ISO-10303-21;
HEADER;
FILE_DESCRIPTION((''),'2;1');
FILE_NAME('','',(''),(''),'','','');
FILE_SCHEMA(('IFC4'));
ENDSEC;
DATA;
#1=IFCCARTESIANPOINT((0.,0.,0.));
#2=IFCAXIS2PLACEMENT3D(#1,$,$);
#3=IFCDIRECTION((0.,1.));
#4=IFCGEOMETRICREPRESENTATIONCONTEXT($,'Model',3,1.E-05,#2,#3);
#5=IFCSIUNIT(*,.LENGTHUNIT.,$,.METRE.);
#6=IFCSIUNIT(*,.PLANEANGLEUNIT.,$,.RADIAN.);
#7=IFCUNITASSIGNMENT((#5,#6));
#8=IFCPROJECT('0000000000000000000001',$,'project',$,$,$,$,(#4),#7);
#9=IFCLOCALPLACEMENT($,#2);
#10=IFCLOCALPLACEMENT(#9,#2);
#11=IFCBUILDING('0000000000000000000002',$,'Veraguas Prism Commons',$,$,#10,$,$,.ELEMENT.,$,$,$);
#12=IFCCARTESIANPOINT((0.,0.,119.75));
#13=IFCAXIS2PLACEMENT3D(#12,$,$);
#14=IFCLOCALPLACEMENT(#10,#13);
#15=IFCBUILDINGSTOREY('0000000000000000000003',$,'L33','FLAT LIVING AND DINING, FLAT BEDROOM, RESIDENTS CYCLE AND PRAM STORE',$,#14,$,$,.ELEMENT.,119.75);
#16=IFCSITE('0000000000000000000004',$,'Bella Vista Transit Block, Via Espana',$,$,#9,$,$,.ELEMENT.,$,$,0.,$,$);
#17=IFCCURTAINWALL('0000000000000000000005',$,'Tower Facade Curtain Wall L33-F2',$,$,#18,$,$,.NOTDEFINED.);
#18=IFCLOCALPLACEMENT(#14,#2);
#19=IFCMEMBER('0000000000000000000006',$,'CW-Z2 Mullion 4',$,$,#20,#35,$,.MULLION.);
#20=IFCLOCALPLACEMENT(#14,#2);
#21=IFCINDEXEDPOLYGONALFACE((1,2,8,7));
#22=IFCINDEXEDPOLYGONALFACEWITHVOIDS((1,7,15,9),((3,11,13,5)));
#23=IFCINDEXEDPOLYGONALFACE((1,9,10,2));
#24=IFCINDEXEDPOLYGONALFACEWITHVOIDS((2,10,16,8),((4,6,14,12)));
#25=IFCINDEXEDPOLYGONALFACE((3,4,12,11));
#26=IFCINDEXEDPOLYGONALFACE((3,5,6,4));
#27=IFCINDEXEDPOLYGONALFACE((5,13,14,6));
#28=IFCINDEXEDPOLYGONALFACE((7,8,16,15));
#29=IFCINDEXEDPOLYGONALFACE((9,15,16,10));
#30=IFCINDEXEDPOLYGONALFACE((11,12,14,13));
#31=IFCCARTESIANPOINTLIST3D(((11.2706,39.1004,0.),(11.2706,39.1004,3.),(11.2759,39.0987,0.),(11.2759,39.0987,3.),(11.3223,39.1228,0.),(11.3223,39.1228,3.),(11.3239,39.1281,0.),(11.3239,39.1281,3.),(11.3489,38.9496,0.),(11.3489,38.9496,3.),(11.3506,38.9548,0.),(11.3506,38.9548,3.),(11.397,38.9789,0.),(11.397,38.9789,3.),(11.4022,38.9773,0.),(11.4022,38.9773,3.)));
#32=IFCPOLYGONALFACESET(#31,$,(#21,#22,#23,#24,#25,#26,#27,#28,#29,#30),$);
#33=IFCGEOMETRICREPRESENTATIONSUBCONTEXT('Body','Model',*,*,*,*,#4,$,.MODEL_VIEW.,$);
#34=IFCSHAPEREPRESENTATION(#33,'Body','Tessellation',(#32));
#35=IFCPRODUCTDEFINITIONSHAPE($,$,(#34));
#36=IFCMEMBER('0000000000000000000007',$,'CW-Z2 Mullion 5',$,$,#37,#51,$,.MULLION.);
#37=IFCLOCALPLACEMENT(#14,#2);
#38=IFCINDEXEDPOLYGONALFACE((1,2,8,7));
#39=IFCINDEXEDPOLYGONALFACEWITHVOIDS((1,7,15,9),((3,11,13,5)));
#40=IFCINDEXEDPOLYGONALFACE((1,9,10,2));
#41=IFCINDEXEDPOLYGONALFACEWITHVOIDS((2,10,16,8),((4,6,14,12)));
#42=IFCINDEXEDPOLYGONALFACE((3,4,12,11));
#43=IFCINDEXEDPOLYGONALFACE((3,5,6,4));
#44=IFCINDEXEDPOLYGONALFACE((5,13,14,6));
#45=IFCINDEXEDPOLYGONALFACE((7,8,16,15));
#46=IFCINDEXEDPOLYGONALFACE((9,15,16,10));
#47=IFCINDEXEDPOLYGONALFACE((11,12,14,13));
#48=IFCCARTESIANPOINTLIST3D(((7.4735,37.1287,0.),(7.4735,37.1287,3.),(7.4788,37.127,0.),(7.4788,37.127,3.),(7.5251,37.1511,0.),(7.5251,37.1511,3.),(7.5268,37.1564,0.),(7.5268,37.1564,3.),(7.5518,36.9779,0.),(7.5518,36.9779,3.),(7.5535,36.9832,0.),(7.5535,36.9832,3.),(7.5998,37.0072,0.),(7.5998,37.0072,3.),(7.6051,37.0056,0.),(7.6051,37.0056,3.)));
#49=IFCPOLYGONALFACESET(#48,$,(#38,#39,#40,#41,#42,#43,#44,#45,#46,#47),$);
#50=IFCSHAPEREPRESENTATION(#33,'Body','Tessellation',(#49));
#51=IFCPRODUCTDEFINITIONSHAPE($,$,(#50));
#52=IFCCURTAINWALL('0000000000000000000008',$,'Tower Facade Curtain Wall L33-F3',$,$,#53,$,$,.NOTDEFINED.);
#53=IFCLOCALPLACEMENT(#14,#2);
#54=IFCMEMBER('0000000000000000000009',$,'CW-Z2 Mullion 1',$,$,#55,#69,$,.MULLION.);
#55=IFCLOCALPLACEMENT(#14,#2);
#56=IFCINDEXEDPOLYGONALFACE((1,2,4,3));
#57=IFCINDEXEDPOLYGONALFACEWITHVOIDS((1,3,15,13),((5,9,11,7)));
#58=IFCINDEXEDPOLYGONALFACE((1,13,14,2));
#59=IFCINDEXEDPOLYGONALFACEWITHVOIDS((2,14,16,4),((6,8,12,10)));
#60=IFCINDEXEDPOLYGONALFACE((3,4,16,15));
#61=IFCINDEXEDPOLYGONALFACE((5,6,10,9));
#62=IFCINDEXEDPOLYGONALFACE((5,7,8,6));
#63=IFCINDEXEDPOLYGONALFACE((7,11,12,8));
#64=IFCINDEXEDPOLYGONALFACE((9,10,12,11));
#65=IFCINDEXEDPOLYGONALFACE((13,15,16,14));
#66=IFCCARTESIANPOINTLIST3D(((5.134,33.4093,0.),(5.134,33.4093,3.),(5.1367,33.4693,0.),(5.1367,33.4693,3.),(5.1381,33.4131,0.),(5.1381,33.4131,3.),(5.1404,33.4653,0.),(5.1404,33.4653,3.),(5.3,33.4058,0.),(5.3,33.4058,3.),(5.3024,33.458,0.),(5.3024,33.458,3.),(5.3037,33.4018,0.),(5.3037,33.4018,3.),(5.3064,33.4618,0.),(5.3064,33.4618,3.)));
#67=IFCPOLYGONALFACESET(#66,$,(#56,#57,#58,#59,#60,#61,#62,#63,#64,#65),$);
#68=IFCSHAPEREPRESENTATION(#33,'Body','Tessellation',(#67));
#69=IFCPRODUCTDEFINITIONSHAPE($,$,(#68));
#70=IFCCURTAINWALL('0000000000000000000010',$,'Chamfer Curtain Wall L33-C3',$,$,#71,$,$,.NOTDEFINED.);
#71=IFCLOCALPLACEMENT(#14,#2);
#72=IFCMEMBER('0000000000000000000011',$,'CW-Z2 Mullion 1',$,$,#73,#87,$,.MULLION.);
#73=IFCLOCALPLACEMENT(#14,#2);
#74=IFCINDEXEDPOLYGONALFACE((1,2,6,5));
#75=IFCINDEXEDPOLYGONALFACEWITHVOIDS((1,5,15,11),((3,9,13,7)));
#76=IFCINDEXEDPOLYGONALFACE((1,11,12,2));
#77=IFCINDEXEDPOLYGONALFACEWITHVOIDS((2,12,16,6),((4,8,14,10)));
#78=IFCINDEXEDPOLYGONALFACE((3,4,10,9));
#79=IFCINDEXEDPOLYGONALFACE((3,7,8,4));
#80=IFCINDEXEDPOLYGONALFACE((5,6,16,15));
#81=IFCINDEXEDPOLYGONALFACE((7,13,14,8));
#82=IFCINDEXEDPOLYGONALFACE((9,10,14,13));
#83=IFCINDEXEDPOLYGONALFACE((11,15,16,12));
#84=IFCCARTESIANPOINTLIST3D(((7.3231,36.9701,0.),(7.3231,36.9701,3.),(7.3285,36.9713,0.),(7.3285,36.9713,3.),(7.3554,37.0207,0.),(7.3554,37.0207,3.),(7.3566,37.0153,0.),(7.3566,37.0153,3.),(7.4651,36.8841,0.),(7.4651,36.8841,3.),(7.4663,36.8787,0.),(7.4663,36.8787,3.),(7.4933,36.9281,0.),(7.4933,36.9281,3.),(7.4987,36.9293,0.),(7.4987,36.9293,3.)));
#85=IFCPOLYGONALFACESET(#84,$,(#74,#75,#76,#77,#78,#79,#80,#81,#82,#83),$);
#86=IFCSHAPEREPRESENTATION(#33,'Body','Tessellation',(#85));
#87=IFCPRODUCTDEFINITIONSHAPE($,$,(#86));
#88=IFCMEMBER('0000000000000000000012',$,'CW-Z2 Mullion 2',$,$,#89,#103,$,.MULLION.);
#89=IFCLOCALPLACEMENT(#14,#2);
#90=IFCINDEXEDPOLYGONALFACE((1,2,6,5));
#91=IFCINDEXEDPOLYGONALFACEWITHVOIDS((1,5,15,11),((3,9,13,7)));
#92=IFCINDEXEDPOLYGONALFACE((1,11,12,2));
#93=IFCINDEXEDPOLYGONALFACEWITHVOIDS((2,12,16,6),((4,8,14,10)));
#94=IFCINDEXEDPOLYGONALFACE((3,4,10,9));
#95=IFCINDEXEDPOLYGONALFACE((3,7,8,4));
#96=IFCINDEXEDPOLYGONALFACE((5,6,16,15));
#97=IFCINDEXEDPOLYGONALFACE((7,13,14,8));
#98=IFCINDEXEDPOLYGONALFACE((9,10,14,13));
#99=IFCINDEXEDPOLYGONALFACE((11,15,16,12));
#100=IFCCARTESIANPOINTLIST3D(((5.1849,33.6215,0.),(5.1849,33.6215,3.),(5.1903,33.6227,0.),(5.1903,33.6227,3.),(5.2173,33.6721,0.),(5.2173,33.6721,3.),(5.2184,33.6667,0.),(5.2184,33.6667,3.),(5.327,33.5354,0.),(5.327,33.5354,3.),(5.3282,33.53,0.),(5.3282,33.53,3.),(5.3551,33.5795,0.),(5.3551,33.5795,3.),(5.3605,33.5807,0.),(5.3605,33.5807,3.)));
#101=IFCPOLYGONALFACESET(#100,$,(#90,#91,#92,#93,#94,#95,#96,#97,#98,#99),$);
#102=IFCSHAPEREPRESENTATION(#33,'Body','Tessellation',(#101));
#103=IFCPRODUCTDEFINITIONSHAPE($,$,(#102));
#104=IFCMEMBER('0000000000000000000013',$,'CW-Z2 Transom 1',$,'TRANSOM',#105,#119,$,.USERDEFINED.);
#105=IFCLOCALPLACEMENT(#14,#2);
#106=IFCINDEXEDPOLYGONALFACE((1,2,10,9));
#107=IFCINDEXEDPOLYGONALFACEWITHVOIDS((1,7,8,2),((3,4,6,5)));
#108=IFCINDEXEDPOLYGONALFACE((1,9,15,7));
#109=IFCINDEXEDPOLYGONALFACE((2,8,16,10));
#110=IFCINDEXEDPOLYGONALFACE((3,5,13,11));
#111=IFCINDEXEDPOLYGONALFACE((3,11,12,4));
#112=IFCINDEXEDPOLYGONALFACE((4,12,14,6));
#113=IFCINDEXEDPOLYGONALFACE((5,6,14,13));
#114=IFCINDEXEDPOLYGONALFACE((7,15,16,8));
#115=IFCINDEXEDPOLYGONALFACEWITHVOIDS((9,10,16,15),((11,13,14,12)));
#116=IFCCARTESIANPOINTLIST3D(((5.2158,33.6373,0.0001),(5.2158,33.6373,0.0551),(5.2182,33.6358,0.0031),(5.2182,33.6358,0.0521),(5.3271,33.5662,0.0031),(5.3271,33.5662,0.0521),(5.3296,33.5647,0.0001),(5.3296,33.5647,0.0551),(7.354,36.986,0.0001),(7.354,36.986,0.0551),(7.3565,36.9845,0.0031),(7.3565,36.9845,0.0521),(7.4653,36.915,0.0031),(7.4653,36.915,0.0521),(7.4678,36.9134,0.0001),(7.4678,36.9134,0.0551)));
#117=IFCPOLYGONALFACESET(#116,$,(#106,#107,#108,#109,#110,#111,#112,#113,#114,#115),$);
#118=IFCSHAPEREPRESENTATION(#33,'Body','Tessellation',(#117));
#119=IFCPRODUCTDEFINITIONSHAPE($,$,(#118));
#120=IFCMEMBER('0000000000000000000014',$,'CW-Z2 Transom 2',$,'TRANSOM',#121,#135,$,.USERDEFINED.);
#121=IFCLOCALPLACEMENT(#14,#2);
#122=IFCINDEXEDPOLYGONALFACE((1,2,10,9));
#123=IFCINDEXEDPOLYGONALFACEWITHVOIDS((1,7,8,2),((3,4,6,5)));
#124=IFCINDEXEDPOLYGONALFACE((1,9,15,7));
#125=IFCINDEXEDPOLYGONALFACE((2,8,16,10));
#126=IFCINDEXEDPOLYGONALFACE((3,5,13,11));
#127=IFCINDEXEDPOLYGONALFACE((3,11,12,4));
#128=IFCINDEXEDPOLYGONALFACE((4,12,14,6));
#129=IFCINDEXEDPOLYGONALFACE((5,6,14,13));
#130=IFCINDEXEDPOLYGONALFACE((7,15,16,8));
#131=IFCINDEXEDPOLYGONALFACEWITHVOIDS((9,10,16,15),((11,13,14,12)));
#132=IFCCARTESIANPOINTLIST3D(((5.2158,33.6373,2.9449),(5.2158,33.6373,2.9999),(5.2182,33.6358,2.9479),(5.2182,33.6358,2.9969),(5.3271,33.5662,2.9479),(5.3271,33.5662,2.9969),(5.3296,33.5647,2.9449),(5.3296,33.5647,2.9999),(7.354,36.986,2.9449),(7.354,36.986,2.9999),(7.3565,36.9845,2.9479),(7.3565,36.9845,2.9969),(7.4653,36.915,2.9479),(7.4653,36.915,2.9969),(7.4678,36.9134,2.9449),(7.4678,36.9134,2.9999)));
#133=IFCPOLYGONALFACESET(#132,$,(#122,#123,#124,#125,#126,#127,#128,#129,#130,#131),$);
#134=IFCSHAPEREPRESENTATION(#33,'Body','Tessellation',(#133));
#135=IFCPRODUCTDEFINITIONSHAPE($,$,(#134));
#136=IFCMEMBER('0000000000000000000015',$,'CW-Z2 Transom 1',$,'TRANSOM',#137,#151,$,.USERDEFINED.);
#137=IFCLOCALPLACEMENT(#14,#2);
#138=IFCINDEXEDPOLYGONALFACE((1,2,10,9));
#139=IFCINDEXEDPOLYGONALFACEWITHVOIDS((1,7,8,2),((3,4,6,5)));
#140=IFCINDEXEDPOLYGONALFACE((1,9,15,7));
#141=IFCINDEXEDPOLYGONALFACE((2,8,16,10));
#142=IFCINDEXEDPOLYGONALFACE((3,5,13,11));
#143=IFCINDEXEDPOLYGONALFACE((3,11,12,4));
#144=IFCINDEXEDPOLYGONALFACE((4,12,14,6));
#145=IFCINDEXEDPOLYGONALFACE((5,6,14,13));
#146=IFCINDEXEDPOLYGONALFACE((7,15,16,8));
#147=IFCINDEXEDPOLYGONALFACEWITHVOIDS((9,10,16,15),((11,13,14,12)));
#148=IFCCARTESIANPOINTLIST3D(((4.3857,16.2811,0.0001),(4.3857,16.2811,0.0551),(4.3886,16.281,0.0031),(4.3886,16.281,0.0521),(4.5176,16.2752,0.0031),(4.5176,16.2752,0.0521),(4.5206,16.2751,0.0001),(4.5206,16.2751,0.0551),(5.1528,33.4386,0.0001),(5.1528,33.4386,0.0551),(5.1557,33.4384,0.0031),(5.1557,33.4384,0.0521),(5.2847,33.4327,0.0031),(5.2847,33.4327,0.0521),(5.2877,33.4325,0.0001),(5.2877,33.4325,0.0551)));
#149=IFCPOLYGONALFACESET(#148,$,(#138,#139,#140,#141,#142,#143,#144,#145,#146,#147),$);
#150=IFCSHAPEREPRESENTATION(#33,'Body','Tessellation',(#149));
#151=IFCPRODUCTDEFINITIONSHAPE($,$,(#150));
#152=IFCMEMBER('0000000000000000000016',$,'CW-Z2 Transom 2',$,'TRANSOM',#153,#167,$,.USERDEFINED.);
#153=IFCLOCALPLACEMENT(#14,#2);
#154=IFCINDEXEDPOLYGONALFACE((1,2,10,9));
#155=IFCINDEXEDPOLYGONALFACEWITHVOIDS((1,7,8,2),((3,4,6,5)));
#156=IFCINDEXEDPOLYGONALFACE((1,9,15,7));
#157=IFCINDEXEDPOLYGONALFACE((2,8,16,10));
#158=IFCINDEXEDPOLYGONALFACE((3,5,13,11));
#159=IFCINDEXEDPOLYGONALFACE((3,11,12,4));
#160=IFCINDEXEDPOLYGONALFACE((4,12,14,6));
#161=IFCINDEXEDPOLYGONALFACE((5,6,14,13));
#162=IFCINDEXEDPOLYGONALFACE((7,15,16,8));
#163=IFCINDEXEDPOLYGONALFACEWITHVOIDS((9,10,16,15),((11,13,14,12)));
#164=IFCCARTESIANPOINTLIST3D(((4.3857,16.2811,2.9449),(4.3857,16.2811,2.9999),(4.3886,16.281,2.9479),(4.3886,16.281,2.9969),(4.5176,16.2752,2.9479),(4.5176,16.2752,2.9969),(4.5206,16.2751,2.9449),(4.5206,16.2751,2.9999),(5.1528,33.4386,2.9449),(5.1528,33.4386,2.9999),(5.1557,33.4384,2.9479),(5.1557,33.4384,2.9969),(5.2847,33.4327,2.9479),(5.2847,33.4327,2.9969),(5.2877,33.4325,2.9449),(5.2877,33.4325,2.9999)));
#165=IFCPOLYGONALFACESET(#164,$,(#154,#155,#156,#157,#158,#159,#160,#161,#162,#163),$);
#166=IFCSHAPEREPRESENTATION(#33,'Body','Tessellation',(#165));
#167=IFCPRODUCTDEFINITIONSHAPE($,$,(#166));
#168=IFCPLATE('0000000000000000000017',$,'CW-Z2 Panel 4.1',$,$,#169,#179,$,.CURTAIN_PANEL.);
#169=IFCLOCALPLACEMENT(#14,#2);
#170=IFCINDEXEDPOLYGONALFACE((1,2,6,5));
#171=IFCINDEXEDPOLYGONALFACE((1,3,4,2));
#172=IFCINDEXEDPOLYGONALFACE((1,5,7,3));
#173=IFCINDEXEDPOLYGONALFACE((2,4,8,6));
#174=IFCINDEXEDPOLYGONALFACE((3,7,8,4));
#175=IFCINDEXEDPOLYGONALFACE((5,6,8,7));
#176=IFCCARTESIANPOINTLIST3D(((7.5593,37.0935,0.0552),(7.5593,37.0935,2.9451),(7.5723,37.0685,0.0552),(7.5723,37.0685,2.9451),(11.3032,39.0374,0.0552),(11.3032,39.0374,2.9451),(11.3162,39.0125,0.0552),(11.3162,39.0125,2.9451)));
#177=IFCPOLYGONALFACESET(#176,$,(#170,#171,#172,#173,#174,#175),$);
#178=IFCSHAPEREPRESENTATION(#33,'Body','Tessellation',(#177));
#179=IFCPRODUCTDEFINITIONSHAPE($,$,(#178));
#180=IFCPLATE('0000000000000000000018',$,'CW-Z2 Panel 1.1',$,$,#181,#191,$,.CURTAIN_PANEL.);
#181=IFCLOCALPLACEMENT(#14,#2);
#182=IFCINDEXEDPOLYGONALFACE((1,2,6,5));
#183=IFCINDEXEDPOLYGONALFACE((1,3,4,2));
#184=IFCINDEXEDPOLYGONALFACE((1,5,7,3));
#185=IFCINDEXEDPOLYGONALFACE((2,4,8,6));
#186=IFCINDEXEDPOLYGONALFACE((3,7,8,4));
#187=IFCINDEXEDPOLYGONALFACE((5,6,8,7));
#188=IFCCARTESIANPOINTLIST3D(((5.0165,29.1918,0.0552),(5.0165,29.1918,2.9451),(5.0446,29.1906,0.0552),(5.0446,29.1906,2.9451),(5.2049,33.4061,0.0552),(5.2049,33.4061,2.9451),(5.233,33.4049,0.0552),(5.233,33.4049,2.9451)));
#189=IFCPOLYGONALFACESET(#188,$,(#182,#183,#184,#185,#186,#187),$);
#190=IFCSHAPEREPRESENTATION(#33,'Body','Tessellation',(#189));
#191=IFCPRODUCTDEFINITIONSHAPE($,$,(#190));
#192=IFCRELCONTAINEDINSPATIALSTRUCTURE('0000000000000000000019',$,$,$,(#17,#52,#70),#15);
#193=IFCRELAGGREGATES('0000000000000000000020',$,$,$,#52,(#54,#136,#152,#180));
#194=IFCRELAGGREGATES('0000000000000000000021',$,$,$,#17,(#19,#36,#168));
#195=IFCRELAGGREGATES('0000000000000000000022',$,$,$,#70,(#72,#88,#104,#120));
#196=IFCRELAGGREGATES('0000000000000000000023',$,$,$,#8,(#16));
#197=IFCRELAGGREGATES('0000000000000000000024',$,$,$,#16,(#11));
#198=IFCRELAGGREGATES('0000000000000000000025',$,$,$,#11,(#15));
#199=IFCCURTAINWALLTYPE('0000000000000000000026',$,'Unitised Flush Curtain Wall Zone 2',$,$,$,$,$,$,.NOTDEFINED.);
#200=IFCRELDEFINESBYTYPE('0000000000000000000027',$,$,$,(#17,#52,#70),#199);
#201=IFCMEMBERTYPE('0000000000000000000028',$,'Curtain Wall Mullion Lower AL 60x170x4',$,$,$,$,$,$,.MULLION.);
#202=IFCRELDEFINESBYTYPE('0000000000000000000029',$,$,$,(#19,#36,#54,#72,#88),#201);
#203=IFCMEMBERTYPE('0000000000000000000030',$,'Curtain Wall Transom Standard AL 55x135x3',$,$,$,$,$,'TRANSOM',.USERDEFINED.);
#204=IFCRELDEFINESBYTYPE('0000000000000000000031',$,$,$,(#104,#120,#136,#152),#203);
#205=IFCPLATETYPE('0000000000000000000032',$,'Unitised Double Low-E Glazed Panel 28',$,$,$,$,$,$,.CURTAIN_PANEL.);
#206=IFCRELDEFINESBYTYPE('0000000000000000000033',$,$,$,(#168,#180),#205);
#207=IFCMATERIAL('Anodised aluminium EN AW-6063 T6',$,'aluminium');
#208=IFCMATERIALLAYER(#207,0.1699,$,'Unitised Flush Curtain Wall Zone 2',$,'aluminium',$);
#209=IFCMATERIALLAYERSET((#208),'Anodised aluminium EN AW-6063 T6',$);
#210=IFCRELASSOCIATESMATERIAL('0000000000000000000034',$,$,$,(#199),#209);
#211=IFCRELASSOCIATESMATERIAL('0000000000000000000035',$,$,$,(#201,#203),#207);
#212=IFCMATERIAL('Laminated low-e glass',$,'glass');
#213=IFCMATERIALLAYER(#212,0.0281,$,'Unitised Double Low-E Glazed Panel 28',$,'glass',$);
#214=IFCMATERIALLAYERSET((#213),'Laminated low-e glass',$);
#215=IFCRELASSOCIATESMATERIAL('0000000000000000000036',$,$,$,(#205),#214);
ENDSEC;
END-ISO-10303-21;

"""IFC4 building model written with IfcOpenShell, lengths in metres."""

from ifc_helpers import new_model, si_unit, direction, frame, origin, origin_2d, place, context, subcontext, project, spatial, rectangle, hollow_rectangle, extrude, source, transform, mapped, material, layer, layer_set, material_profile, profile_set, type_object, element, aggregate, save


model = new_model("IFC4")

# Units and contexts
model_context = context("Model", 3, precision=1e-05, world=origin(), true_north=direction((0.0, 1.0)))
body_context = subcontext(model_context, "Body", "Model", "MODEL_VIEW")
ifc_project = project(units=[si_unit("LENGTHUNIT", "METRE"), si_unit("PLANEANGLEUNIT", "RADIAN")], contexts=[model_context])

# Site, building, storey
site_placement = place(None, origin())
site = spatial("IfcSite", under=ifc_project, at=site_placement, Name="Bella Vista Transit Block, Via Espana", CompositionType="ELEMENT", RefElevation=0.0)
building_placement = place(site_placement, origin())
building = spatial("IfcBuilding", under=site, at=building_placement, Name="Veraguas Prism Commons", CompositionType="ELEMENT")
storey_placement = place(building_placement, frame((0.0, 0.0, 119.75)))
storey = spatial("IfcBuildingStorey", under=building, at=storey_placement, Name="L33", Description="FLAT LIVING AND DINING, FLAT BEDROOM, RESIDENTS CYCLE AND PRAM STORE", CompositionType="ELEMENT", Elevation=119.75)

# Curtain wall, members
ifc_material_1 = material(Name="Anodised aluminium EN AW-6063 T6", Category="aluminium")
ifc_layer_1 = layer(ifc_material_1, 0.1699, Name="Unitised Flush Curtain Wall Zone 2", Category="aluminium")
ifc_layer_set_1 = layer_set([ifc_layer_1], Name="Anodised aluminium EN AW-6063 T6")
curtain_wall_type = type_object("IfcCurtainWallType", Name="Unitised Flush Curtain Wall Zone 2", PredefinedType="NOTDEFINED", material=ifc_layer_set_1)
curtain_wall_1_placement = place(storey_placement, origin())
curtain_wall_1 = element("IfcCurtainWall", 1, at=curtain_wall_1_placement, inside=storey, type_object=curtain_wall_type, Name="Tower Facade Curtain Wall L33-F2", PredefinedType="NOTDEFINED")
ifc_material_profile_1 = material_profile(ifc_material_1, hollow_rectangle(XDim=0.0601, YDim=0.1699, WallThickness=0.0039, at=origin_2d()), Name="AL60X170X4")
ifc_profile_set_1 = profile_set([ifc_material_profile_1], Name="Anodised aluminium EN AW-6063 T6")
member_type_1 = type_object("IfcMemberType", Name="Curtain Wall Mullion Lower AL 60x170x4", PredefinedType="MULLION", material=ifc_profile_set_1)
shared_shape_1 = source(origin(), body_context, "Body", "SweptSolid", [
    extrude(hollow_rectangle(XDim=0.0601, YDim=0.1699, WallThickness=0.0039, at=origin_2d()), origin(), (0.0, 0.0, 1.0), 3.0),
])
member_1_placement = place(storey_placement, frame((11.3364, 39.0388, 0.0), z_axis=(0.0, 0.0, 1.0), x_axis=(-0.887494, -0.460819, 0.0)))
member_1 = element("IfcMember", 2, at=member_1_placement, type_object=member_type_1, Name="CW-Z2 Mullion 4", PredefinedType="MULLION", context=body_context, shape_type="MappedRepresentation", body=[
    mapped(shared_shape_1, transform((0.0, 0.0, 0.0), scale=1.0)),
])
member_2_placement = place(storey_placement, frame((7.5393, 37.0671, 0.0), z_axis=(0.0, 0.0, 1.0), x_axis=(-0.887494, -0.460819, 0.0)))
member_2 = element("IfcMember", 3, at=member_2_placement, type_object=member_type_1, Name="CW-Z2 Mullion 5", PredefinedType="MULLION", context=body_context, shape_type="MappedRepresentation", body=[
    mapped(shared_shape_1, transform((0.0, 0.0, 0.0), scale=1.0)),
])

# Curtain wall, member
curtain_wall_2_placement = place(storey_placement, origin())
curtain_wall_2 = element("IfcCurtainWall", 4, at=curtain_wall_2_placement, inside=storey, type_object=curtain_wall_type, Name="Tower Facade Curtain Wall L33-F3", PredefinedType="NOTDEFINED")
member_3_placement = place(storey_placement, frame((5.2202, 33.4355, 0.0), z_axis=(0.0, 0.0, 1.0), x_axis=(-0.044667, -0.999002, 0.0)))
member_3 = element("IfcMember", 5, at=member_3_placement, type_object=member_type_1, Name="CW-Z2 Mullion 1", PredefinedType="MULLION", context=body_context, shape_type="MappedRepresentation", body=[
    mapped(shared_shape_1, transform((0.0, 0.0, 0.0), scale=1.0)),
])

# Curtain wall, members
curtain_wall_3_placement = place(storey_placement, origin())
curtain_wall_3 = element("IfcCurtainWall", 6, at=curtain_wall_3_placement, inside=storey, type_object=curtain_wall_type, Name="Chamfer Curtain Wall L33-C3", PredefinedType="NOTDEFINED")
member_4_placement = place(storey_placement, frame((7.4109, 36.9497, 0.0), z_axis=(0.0, 0.0, 1.0), x_axis=(-0.538177, -0.842832, 0.0)))
member_4 = element("IfcMember", 7, at=member_4_placement, type_object=member_type_1, Name="CW-Z2 Mullion 1", PredefinedType="MULLION", context=body_context, shape_type="MappedRepresentation", body=[
    mapped(shared_shape_1, transform((0.0, 0.0, 0.0), scale=1.0)),
])
member_5_placement = place(storey_placement, frame((5.2727, 33.6011, 0.0), z_axis=(0.0, 0.0, 1.0), x_axis=(-0.538177, -0.842832, 0.0)))
member_5 = element("IfcMember", 8, at=member_5_placement, type_object=member_type_1, Name="CW-Z2 Mullion 2", PredefinedType="MULLION", context=body_context, shape_type="MappedRepresentation", body=[
    mapped(shared_shape_1, transform((0.0, 0.0, 0.0), scale=1.0)),
])
ifc_material_profile_2 = material_profile(ifc_material_1, hollow_rectangle(XDim=0.0549, YDim=0.135, WallThickness=0.0029, at=origin_2d()), Name="AL55X135X3")
ifc_profile_set_2 = profile_set([ifc_material_profile_2], Name="Anodised aluminium EN AW-6063 T6")
member_type_2 = type_object("IfcMemberType", Name="Curtain Wall Transom Standard AL 55x135x3", ElementType="TRANSOM", PredefinedType="USERDEFINED", material=ifc_profile_set_2)
shared_shape_2 = source(origin(), body_context, "Body", "SweptSolid", [
    extrude(hollow_rectangle(XDim=0.0549, YDim=0.135, WallThickness=0.0029, at=origin_2d()), origin(), (0.0, 0.0, 1.0), 3.9731),
])
member_6_placement = place(storey_placement, frame((7.4109, 36.9497, 0.0276), z_axis=(-0.538171, -0.842836, 0.0), x_axis=(0.0, 0.0, 1.0)))
member_6 = element("IfcMember", 9, at=member_6_placement, type_object=member_type_2, Name="CW-Z2 Transom 1", ObjectType="TRANSOM", PredefinedType="USERDEFINED", context=body_context, shape_type="MappedRepresentation", body=[
    mapped(shared_shape_2, transform((0.0, 0.0, 0.0), scale=1.0)),
])
member_7_placement = place(storey_placement, frame((7.4109, 36.9497, 2.9724), z_axis=(-0.538171, -0.842836, 0.0), x_axis=(0.0, 0.0, 1.0)))
member_7 = element("IfcMember", 10, at=member_7_placement, type_object=member_type_2, Name="CW-Z2 Transom 2", ObjectType="TRANSOM", PredefinedType="USERDEFINED", context=body_context, shape_type="MappedRepresentation", body=[
    mapped(shared_shape_2, transform((0.0, 0.0, 0.0), scale=1.0)),
])

# Members
shared_shape_3 = source(origin(), body_context, "Body", "SweptSolid", [
    extrude(hollow_rectangle(XDim=0.0549, YDim=0.135, WallThickness=0.0029, at=origin_2d()), origin(), (0.0, 0.0, 1.0), 17.1746),
])
member_8_placement = place(storey_placement, frame((5.2202, 33.4355, 0.0276), z_axis=(-0.044664, -0.999002, 0.0), x_axis=(0.0, 0.0, 1.0)))
member_8 = element("IfcMember", 11, at=member_8_placement, type_object=member_type_2, Name="CW-Z2 Transom 1", ObjectType="TRANSOM", PredefinedType="USERDEFINED", context=body_context, shape_type="MappedRepresentation", body=[
    mapped(shared_shape_3, transform((0.0, 0.0, 0.0), scale=1.0)),
])
member_9_placement = place(storey_placement, frame((5.2202, 33.4355, 2.9724), z_axis=(-0.044664, -0.999002, 0.0), x_axis=(0.0, 0.0, 1.0)))
member_9 = element("IfcMember", 12, at=member_9_placement, type_object=member_type_2, Name="CW-Z2 Transom 2", ObjectType="TRANSOM", PredefinedType="USERDEFINED", context=body_context, shape_type="MappedRepresentation", body=[
    mapped(shared_shape_3, transform((0.0, 0.0, 0.0), scale=1.0)),
])

# Plates
ifc_material_2 = material(Name="Laminated low-e glass", Category="glass")
ifc_layer_2 = layer(ifc_material_2, 0.0281, Name="Unitised Double Low-E Glazed Panel 28", Category="glass")
ifc_layer_set_2 = layer_set([ifc_layer_2], Name="Laminated low-e glass")
plate_type = type_object("IfcPlateType", Name="Unitised Double Low-E Glazed Panel 28", PredefinedType="CURTAIN_PANEL", material=ifc_layer_set_2)
shared_shape_4 = source(origin(), body_context, "Body", "SweptSolid", [
    extrude(rectangle(XDim=4.2185, YDim=0.0281, at=origin_2d()), origin(), (0.0, 0.0, 1.0), 2.8899),
])
plate_1_placement = place(storey_placement, frame((9.4377, 38.053, 0.0552), z_axis=(0.0, 0.0, 1.0), x_axis=(-0.887494, -0.460819, 0.0)))
plate_1 = element("IfcPlate", 13, at=plate_1_placement, type_object=plate_type, Name="CW-Z2 Panel 4.1", PredefinedType="CURTAIN_PANEL", context=body_context, shape_type="MappedRepresentation", body=[
    mapped(shared_shape_4, transform((0.0, 0.0, 0.0), scale=1.0)),
])
plate_2_placement = place(storey_placement, frame((5.1248, 31.2983, 0.0552), z_axis=(0.0, 0.0, 1.0), x_axis=(-0.044667, -0.999002, 0.0)))
plate_2 = element("IfcPlate", 14, at=plate_2_placement, type_object=plate_type, Name="CW-Z2 Panel 1.1", PredefinedType="CURTAIN_PANEL", context=body_context, shape_type="MappedRepresentation", body=[
    mapped(shared_shape_4, transform((0.0, 0.0, 0.0), scale=1.0)),
])
aggregate(curtain_wall_2, [member_3, member_8, member_9, plate_2])
aggregate(curtain_wall_1, [member_1, member_2, plate_1])
aggregate(curtain_wall_3, [member_4, member_5, member_6, member_7])

save(model, "model.ifc")
